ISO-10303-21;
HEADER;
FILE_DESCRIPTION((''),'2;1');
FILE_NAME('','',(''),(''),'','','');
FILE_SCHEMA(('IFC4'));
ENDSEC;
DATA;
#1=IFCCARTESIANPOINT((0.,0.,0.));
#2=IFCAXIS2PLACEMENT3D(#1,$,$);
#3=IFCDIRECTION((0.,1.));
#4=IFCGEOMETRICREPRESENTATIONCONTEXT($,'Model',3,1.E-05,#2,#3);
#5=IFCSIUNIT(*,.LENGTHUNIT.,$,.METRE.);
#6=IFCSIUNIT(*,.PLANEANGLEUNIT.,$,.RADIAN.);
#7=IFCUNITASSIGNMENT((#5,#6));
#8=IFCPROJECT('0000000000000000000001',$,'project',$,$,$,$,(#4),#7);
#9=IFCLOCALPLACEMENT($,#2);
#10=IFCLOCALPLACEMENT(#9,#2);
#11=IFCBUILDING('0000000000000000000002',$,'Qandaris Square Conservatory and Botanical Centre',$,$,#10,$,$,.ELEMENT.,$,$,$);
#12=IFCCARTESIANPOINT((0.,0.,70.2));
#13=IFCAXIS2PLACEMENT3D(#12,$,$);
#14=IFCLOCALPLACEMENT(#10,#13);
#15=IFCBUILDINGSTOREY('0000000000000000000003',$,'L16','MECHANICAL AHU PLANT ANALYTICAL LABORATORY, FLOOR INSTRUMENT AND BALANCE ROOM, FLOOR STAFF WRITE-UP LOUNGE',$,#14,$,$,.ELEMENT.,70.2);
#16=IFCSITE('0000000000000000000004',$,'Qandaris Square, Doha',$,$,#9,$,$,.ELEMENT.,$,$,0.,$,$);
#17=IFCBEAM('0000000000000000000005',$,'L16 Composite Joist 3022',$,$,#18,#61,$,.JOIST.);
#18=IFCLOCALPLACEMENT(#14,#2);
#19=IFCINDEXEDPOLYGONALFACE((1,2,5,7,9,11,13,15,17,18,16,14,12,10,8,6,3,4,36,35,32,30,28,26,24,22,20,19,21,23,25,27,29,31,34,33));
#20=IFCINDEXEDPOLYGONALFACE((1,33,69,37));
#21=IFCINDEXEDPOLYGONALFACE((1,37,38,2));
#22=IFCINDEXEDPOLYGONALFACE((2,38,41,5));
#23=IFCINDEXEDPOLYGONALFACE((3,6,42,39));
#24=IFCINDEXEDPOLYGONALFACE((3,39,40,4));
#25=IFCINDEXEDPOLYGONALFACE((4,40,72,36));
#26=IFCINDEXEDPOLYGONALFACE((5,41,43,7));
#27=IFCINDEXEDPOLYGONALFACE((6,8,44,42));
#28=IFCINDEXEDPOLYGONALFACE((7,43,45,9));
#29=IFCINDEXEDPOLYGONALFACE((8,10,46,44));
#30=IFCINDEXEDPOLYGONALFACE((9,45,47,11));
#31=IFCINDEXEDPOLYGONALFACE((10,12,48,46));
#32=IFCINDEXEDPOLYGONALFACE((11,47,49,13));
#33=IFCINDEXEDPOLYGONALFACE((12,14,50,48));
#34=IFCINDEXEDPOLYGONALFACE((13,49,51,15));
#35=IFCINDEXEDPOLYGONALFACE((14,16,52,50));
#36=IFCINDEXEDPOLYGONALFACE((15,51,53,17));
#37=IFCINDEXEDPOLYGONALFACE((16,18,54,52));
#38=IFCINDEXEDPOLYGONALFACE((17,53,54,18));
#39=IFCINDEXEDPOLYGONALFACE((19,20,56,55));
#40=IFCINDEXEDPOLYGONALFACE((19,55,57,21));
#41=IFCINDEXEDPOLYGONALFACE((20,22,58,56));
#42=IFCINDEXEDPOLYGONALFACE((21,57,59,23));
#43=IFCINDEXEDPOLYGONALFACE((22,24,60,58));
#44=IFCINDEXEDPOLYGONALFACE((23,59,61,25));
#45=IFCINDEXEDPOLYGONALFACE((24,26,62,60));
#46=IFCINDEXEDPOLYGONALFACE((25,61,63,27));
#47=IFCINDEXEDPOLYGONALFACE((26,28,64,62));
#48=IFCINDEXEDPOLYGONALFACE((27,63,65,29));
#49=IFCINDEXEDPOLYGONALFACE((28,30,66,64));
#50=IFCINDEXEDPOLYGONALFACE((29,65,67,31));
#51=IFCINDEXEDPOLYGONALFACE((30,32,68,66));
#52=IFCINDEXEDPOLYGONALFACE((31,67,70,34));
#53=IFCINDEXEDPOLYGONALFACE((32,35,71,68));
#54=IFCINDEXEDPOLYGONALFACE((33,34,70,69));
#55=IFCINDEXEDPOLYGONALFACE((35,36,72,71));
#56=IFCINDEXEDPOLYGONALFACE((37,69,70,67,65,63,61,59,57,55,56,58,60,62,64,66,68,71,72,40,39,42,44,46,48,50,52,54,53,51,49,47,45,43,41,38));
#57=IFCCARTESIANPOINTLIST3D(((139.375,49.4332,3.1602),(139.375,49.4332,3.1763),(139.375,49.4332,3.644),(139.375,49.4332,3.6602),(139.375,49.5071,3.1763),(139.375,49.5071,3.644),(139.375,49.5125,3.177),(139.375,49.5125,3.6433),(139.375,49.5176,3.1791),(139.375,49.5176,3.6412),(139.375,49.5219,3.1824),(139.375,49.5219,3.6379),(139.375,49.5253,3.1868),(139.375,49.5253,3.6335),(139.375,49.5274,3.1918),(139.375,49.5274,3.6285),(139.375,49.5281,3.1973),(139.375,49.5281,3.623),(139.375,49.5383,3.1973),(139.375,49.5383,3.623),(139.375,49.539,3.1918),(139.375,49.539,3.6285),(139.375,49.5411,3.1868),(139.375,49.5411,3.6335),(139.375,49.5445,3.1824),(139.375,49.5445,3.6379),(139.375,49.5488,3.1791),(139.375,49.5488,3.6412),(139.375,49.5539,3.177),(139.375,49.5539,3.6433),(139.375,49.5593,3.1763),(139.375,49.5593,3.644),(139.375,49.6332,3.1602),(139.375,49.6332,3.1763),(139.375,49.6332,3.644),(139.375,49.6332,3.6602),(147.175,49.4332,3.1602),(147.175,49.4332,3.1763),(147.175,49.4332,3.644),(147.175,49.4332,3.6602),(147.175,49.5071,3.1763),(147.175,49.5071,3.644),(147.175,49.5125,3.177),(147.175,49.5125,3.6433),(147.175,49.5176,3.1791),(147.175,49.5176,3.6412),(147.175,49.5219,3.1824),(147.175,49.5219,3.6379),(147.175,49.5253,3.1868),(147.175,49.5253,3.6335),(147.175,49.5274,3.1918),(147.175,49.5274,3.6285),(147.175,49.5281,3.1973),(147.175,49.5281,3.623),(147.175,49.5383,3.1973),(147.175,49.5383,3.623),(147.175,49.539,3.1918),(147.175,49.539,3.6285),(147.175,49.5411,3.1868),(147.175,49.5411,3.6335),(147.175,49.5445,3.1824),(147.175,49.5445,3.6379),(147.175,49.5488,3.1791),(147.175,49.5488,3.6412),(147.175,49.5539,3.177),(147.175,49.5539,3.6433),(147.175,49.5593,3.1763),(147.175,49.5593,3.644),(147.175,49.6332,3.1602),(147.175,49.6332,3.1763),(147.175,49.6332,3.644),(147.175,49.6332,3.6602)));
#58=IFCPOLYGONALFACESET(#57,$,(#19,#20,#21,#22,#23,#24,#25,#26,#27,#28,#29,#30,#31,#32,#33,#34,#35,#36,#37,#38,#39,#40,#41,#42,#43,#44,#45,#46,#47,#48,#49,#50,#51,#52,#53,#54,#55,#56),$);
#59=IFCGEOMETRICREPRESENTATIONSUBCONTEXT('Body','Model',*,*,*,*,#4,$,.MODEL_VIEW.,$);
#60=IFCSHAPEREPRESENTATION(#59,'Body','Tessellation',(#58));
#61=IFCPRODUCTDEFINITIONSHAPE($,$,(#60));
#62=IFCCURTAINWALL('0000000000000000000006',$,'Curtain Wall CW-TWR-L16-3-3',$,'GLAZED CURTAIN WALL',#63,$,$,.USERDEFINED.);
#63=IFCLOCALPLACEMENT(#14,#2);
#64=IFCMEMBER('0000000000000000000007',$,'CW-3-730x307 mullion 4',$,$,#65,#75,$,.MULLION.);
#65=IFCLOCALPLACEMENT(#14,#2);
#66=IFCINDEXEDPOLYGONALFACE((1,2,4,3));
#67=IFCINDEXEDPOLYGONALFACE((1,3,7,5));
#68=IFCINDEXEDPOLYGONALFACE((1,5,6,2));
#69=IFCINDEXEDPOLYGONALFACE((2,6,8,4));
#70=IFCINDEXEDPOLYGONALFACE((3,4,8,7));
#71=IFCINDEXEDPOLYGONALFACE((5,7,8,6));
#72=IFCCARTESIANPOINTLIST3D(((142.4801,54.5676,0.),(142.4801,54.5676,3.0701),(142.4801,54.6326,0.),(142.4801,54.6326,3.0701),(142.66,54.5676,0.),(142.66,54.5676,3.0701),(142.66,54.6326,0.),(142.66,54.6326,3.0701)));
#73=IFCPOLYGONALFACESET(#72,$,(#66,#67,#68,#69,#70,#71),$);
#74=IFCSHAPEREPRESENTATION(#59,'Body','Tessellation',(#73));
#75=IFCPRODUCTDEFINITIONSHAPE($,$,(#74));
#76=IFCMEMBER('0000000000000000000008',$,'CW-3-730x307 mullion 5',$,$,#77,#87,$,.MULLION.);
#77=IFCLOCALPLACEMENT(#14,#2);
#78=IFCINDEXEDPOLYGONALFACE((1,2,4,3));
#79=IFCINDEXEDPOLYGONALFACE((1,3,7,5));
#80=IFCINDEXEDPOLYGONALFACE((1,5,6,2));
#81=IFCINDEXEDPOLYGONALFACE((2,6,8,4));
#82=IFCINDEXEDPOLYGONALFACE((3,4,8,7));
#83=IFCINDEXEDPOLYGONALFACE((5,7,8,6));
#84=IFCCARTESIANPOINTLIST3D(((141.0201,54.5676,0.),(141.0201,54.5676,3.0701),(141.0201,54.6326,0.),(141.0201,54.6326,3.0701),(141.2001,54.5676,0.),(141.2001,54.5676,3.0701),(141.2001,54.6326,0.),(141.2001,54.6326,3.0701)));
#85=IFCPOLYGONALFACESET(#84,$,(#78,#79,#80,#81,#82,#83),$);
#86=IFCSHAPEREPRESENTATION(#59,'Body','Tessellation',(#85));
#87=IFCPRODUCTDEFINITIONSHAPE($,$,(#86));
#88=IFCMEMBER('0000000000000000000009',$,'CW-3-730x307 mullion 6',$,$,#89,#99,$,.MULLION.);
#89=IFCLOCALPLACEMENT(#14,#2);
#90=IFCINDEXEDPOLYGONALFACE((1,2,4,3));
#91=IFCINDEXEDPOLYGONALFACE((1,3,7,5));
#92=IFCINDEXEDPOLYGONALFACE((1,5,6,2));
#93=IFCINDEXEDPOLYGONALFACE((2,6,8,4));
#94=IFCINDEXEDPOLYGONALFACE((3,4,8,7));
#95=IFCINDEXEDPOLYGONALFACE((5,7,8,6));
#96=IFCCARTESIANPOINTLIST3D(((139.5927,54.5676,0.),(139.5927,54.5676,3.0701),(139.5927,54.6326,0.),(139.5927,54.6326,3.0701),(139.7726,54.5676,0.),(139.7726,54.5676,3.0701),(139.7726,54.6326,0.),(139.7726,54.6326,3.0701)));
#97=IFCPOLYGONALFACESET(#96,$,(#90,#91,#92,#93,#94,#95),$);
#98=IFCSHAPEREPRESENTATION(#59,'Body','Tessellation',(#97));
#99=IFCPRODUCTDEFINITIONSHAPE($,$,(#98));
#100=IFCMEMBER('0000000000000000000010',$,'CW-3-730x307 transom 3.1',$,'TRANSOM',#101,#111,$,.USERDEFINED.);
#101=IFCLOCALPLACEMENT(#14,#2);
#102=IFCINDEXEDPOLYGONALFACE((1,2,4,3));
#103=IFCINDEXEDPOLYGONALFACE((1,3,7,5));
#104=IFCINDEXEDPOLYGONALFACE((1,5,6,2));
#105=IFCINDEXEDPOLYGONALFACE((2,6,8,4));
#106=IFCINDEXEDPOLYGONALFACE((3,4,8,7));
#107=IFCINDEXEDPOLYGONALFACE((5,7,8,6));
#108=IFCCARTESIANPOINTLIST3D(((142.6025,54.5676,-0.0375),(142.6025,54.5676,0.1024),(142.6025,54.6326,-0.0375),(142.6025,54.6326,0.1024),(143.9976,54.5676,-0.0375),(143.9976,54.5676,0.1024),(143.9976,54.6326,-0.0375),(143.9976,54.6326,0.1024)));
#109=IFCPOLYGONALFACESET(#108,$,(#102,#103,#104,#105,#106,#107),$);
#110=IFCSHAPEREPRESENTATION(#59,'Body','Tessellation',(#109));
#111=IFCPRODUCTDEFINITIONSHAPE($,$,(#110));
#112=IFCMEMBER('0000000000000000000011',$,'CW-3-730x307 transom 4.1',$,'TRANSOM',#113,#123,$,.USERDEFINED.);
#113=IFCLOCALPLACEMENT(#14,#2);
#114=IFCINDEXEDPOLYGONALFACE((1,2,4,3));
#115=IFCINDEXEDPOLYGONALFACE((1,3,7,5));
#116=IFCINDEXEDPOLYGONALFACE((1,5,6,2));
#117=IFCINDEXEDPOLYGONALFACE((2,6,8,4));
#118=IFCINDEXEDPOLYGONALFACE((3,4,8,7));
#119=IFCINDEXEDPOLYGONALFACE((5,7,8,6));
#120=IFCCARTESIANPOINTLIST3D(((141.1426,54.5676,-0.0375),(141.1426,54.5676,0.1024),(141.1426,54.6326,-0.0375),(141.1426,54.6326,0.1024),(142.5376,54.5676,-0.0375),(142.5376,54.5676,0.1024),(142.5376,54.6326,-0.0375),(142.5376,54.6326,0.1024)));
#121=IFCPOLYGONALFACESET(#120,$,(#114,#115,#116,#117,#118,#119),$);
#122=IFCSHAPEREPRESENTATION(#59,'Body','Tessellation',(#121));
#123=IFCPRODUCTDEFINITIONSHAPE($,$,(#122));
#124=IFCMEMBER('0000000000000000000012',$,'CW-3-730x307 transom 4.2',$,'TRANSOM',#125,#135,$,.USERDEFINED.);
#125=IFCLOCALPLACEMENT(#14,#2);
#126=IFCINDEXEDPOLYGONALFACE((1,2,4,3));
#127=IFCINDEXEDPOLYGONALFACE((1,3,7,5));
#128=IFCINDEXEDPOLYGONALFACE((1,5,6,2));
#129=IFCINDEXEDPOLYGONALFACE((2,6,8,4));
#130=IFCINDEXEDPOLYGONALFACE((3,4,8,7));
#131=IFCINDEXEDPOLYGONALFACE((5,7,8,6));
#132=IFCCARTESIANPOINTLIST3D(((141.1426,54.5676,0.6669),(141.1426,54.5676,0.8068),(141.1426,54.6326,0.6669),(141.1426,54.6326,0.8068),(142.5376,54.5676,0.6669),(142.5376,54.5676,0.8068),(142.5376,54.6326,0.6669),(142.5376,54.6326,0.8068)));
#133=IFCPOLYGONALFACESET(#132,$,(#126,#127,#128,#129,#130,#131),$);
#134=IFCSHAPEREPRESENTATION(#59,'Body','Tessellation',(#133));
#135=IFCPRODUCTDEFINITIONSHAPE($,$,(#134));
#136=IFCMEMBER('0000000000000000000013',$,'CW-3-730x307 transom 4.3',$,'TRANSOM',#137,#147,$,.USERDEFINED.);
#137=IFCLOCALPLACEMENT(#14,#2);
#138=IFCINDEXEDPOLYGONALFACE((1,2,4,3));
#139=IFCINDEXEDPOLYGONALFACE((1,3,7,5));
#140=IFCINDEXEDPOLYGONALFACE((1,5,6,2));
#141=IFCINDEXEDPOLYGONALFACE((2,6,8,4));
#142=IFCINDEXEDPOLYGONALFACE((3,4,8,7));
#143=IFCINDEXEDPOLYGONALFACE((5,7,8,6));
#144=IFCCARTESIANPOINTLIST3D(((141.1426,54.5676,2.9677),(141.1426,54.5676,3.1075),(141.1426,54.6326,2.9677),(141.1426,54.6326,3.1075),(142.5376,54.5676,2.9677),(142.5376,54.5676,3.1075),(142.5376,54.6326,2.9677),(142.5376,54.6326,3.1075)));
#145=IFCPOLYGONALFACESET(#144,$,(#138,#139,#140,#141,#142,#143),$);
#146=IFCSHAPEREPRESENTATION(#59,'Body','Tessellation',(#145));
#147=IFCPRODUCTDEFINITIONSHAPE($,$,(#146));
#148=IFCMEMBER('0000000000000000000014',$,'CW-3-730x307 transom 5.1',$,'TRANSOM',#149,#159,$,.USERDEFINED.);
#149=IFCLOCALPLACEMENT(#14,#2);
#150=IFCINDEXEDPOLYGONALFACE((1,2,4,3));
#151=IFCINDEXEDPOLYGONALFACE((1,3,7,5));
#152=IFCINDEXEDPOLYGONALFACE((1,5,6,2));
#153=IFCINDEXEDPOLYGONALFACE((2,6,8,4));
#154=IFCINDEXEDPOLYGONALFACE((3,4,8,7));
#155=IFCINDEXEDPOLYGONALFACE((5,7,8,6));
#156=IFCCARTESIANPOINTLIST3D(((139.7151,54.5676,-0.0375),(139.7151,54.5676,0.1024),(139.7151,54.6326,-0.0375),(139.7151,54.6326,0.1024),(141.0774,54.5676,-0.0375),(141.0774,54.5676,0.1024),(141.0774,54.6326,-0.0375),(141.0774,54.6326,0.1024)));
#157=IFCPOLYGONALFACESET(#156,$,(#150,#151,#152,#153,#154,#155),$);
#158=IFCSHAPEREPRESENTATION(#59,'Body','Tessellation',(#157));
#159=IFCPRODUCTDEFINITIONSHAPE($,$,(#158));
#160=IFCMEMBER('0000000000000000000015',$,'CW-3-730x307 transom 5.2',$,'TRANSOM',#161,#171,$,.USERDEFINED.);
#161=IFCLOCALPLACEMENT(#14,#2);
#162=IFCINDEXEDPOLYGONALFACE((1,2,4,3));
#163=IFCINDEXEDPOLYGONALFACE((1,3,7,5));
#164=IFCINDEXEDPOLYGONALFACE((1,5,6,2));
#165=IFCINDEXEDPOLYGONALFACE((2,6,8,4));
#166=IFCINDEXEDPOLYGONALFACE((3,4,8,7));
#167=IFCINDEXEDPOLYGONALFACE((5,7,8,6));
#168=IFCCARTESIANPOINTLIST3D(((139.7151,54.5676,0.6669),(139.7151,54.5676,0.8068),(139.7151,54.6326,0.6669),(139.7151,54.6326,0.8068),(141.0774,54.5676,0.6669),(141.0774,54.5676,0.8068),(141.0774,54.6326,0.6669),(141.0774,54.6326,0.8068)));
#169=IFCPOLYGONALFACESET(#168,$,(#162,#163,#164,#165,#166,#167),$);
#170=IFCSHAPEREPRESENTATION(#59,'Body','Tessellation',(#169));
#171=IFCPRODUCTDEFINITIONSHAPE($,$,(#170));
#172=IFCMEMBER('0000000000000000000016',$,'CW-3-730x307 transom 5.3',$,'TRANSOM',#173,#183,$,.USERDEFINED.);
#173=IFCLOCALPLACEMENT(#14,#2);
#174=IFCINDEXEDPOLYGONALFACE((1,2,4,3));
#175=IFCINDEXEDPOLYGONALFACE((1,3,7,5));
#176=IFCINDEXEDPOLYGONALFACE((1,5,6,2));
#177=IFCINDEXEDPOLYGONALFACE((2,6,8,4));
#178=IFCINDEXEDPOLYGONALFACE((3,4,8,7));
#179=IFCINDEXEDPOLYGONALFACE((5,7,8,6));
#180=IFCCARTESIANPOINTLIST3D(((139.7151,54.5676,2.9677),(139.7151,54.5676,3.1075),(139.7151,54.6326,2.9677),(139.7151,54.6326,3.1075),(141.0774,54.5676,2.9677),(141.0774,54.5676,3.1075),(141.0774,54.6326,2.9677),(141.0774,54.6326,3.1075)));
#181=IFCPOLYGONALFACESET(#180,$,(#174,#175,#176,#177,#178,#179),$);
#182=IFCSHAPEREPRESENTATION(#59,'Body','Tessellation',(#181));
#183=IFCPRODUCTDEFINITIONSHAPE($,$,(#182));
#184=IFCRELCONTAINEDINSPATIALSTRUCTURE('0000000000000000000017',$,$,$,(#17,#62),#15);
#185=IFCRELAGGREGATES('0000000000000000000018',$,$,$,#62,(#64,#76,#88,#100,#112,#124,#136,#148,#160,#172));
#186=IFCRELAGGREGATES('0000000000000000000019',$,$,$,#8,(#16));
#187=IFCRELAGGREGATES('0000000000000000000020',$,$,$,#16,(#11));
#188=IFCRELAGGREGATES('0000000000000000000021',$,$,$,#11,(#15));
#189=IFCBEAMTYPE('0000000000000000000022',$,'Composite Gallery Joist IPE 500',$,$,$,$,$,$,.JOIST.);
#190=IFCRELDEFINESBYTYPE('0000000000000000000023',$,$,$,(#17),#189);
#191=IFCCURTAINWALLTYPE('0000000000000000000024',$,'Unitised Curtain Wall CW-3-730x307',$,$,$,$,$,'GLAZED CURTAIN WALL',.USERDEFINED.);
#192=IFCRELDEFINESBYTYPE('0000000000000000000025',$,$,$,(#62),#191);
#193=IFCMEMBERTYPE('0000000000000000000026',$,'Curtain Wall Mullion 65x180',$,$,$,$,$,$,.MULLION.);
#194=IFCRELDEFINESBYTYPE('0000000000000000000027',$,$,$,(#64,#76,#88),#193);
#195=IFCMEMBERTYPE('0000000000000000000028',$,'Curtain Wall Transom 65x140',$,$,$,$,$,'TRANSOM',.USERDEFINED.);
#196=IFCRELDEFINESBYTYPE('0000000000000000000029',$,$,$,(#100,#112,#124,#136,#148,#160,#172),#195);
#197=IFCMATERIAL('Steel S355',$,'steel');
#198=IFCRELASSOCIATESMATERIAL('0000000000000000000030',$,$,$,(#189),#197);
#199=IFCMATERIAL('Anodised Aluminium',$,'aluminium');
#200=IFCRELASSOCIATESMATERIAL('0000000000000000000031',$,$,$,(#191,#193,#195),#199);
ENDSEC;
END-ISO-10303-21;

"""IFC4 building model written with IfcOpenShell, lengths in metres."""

from ifc_helpers import new_model, si_unit, direction, frame, origin, origin_2d, place, context, subcontext, project, spatial, rectangle, i_section, extrude, material, material_profile, profile_set, type_object, element, aggregate, save


model = new_model("IFC4")

# Units and contexts
model_context = context("Model", 3, precision=1e-05, world=origin(), true_north=direction((0.0, 1.0)))
body_context = subcontext(model_context, "Body", "Model", "MODEL_VIEW")
ifc_project = project(units=[si_unit("LENGTHUNIT", "METRE"), si_unit("PLANEANGLEUNIT", "RADIAN")], contexts=[model_context])

# Site, building, storey
site_placement = place(None, origin())
site = spatial("IfcSite", under=ifc_project, at=site_placement, Name="Qandaris Square, Doha", CompositionType="ELEMENT", RefElevation=0.0)
building_placement = place(site_placement, origin())
building = spatial("IfcBuilding", under=site, at=building_placement, Name="Qandaris Square Conservatory and Botanical Centre", CompositionType="ELEMENT")
storey_placement = place(building_placement, frame((0.0, 0.0, 70.2)))
storey = spatial("IfcBuildingStorey", under=building, at=storey_placement, Name="L16", Description="MECHANICAL AHU PLANT ANALYTICAL LABORATORY, FLOOR INSTRUMENT AND BALANCE ROOM, FLOOR STAFF WRITE-UP LOUNGE", CompositionType="ELEMENT", Elevation=70.2)

# Beam
ifc_material_1 = material(Name="Steel S355", Category="steel")
ifc_material_profile_1 = material_profile(ifc_material_1, i_section(OverallWidth=0.2, OverallDepth=0.5, WebThickness=0.0103, FlangeThickness=0.0161, FilletRadius=0.021, at=origin_2d()), Name="IPE 500")
ifc_profile_set_1 = profile_set([ifc_material_profile_1], Name="Steel S355")
beam_type_1 = type_object("IfcBeamType", Name="Composite Gallery Joist IPE 500", PredefinedType="JOIST", material=ifc_profile_set_1)
beam_1_placement = place(storey_placement, frame((139.375, 49.5332, 3.4102), z_axis=(1.0, 0.0, 0.0), x_axis=(0.0, 1.0, 0.0)))
element("IfcBeam", 1, at=beam_1_placement, inside=storey, type_object=beam_type_1, Name="L16 Composite Joist 3022", PredefinedType="JOIST", context=body_context, shape_type="SweptSolid", body=[
    extrude(i_section(OverallWidth=0.2, OverallDepth=0.5, WebThickness=0.0103, FlangeThickness=0.0161, FilletRadius=0.021, at=origin_2d()), origin(), (0.0, 0.0, 1.0), 7.8),
])

# Curtain wall, members
ifc_material_2 = material(Name="Anodised Aluminium", Category="aluminium")
curtain_wall_type = type_object("IfcCurtainWallType", Name="Unitised Curtain Wall CW-3-730x307", ElementType="GLAZED CURTAIN WALL", PredefinedType="USERDEFINED", material=ifc_material_2)
curtain_wall_placement = place(storey_placement, origin())
curtain_wall = element("IfcCurtainWall", 2, at=curtain_wall_placement, inside=storey, type_object=curtain_wall_type, Name="Curtain Wall CW-TWR-L16-3-3", ObjectType="GLAZED CURTAIN WALL", PredefinedType="USERDEFINED")
ifc_material_profile_2 = material_profile(ifc_material_2, rectangle(XDim=0.0649, YDim=0.1799, at=origin_2d()), Name="ALU-MUL 65x180")
ifc_profile_set_2 = profile_set([ifc_material_profile_2], Name="Anodised Aluminium")
member_type_1 = type_object("IfcMemberType", Name="Curtain Wall Mullion 65x180", PredefinedType="MULLION", material=ifc_profile_set_2)
member_1_placement = place(storey_placement, frame((142.5701, 54.6001, 0.0), z_axis=(0.0, 0.0, 1.0), x_axis=(0.0, -1.0, 0.0)))
member_1 = element("IfcMember", 3, at=member_1_placement, type_object=member_type_1, Name="CW-3-730x307 mullion 4", PredefinedType="MULLION", context=body_context, shape_type="SweptSolid", body=[
    extrude(rectangle(XDim=0.0649, YDim=0.1799, at=origin_2d()), origin(), (0.0, 0.0, 1.0), 3.0701),
])
member_2_placement = place(storey_placement, frame((141.1101, 54.6001, 0.0), z_axis=(0.0, 0.0, 1.0), x_axis=(0.0, -1.0, 0.0)))
member_2 = element("IfcMember", 4, at=member_2_placement, type_object=member_type_1, Name="CW-3-730x307 mullion 5", PredefinedType="MULLION", context=body_context, shape_type="SweptSolid", body=[
    extrude(rectangle(XDim=0.0649, YDim=0.1799, at=origin_2d()), origin(), (0.0, 0.0, 1.0), 3.0701),
])
member_3_placement = place(storey_placement, frame((139.6826, 54.6001, 0.0), z_axis=(0.0, 0.0, 1.0), x_axis=(0.0, -1.0, 0.0)))
member_3 = element("IfcMember", 5, at=member_3_placement, type_object=member_type_1, Name="CW-3-730x307 mullion 6", PredefinedType="MULLION", context=body_context, shape_type="SweptSolid", body=[
    extrude(rectangle(XDim=0.0649, YDim=0.1799, at=origin_2d()), origin(), (0.0, 0.0, 1.0), 3.0701),
])
ifc_material_profile_3 = material_profile(ifc_material_2, rectangle(XDim=0.0649, YDim=0.1399, at=origin_2d()), Name="ALU-TRN 65x140")
ifc_profile_set_3 = profile_set([ifc_material_profile_3], Name="Anodised Aluminium")
member_type_2 = type_object("IfcMemberType", Name="Curtain Wall Transom 65x140", ElementType="TRANSOM", PredefinedType="USERDEFINED", material=ifc_profile_set_3)
member_4_placement = place(storey_placement, frame((143.9976, 54.6001, 0.0325), z_axis=(-1.0, 0.0, 0.0), x_axis=(0.0, -1.0, 0.0)))
member_4 = element("IfcMember", 6, at=member_4_placement, type_object=member_type_2, Name="CW-3-730x307 transom 3.1", ObjectType="TRANSOM", PredefinedType="USERDEFINED", context=body_context, shape_type="SweptSolid", body=[
    extrude(rectangle(XDim=0.0649, YDim=0.1399, at=origin_2d()), origin(), (0.0, 0.0, 1.0), 1.395),
])
member_5_placement = place(storey_placement, frame((142.5376, 54.6001, 0.0325), z_axis=(-1.0, 0.0, 0.0), x_axis=(0.0, -1.0, 0.0)))
member_5 = element("IfcMember", 7, at=member_5_placement, type_object=member_type_2, Name="CW-3-730x307 transom 4.1", ObjectType="TRANSOM", PredefinedType="USERDEFINED", context=body_context, shape_type="SweptSolid", body=[
    extrude(rectangle(XDim=0.0649, YDim=0.1399, at=origin_2d()), origin(), (0.0, 0.0, 1.0), 1.395),
])
member_6_placement = place(storey_placement, frame((142.5376, 54.6001, 0.7368), z_axis=(-1.0, 0.0, 0.0), x_axis=(0.0, -1.0, 0.0)))
member_6 = element("IfcMember", 8, at=member_6_placement, type_object=member_type_2, Name="CW-3-730x307 transom 4.2", ObjectType="TRANSOM", PredefinedType="USERDEFINED", context=body_context, shape_type="SweptSolid", body=[
    extrude(rectangle(XDim=0.0649, YDim=0.1399, at=origin_2d()), origin(), (0.0, 0.0, 1.0), 1.395),
])
member_7_placement = place(storey_placement, frame((142.5376, 54.6001, 3.0376), z_axis=(-1.0, 0.0, 0.0), x_axis=(0.0, -1.0, 0.0)))
member_7 = element("IfcMember", 9, at=member_7_placement, type_object=member_type_2, Name="CW-3-730x307 transom 4.3", ObjectType="TRANSOM", PredefinedType="USERDEFINED", context=body_context, shape_type="SweptSolid", body=[
    extrude(rectangle(XDim=0.0649, YDim=0.1399, at=origin_2d()), origin(), (0.0, 0.0, 1.0), 1.395),
])
member_8_placement = place(storey_placement, frame((141.0774, 54.6001, 0.0325), z_axis=(-1.0, 0.0, 0.0), x_axis=(0.0, -1.0, 0.0)))
member_8 = element("IfcMember", 10, at=member_8_placement, type_object=member_type_2, Name="CW-3-730x307 transom 5.1", ObjectType="TRANSOM", PredefinedType="USERDEFINED", context=body_context, shape_type="SweptSolid", body=[
    extrude(rectangle(XDim=0.0649, YDim=0.1399, at=origin_2d()), origin(), (0.0, 0.0, 1.0), 1.3623),
])
member_9_placement = place(storey_placement, frame((141.0774, 54.6001, 0.7368), z_axis=(-1.0, 0.0, 0.0), x_axis=(0.0, -1.0, 0.0)))
member_9 = element("IfcMember", 11, at=member_9_placement, type_object=member_type_2, Name="CW-3-730x307 transom 5.2", ObjectType="TRANSOM", PredefinedType="USERDEFINED", context=body_context, shape_type="SweptSolid", body=[
    extrude(rectangle(XDim=0.0649, YDim=0.1399, at=origin_2d()), origin(), (0.0, 0.0, 1.0), 1.3623),
])
member_10_placement = place(storey_placement, frame((141.0774, 54.6001, 3.0376), z_axis=(-1.0, 0.0, 0.0), x_axis=(0.0, -1.0, 0.0)))
member_10 = element("IfcMember", 12, at=member_10_placement, type_object=member_type_2, Name="CW-3-730x307 transom 5.3", ObjectType="TRANSOM", PredefinedType="USERDEFINED", context=body_context, shape_type="SweptSolid", body=[
    extrude(rectangle(XDim=0.0649, YDim=0.1399, at=origin_2d()), origin(), (0.0, 0.0, 1.0), 1.3623),
])

aggregate(curtain_wall, [member_1, member_2, member_3, member_4, member_5, member_6, member_7, member_8, member_9, member_10])

save(model, "model.ifc")
